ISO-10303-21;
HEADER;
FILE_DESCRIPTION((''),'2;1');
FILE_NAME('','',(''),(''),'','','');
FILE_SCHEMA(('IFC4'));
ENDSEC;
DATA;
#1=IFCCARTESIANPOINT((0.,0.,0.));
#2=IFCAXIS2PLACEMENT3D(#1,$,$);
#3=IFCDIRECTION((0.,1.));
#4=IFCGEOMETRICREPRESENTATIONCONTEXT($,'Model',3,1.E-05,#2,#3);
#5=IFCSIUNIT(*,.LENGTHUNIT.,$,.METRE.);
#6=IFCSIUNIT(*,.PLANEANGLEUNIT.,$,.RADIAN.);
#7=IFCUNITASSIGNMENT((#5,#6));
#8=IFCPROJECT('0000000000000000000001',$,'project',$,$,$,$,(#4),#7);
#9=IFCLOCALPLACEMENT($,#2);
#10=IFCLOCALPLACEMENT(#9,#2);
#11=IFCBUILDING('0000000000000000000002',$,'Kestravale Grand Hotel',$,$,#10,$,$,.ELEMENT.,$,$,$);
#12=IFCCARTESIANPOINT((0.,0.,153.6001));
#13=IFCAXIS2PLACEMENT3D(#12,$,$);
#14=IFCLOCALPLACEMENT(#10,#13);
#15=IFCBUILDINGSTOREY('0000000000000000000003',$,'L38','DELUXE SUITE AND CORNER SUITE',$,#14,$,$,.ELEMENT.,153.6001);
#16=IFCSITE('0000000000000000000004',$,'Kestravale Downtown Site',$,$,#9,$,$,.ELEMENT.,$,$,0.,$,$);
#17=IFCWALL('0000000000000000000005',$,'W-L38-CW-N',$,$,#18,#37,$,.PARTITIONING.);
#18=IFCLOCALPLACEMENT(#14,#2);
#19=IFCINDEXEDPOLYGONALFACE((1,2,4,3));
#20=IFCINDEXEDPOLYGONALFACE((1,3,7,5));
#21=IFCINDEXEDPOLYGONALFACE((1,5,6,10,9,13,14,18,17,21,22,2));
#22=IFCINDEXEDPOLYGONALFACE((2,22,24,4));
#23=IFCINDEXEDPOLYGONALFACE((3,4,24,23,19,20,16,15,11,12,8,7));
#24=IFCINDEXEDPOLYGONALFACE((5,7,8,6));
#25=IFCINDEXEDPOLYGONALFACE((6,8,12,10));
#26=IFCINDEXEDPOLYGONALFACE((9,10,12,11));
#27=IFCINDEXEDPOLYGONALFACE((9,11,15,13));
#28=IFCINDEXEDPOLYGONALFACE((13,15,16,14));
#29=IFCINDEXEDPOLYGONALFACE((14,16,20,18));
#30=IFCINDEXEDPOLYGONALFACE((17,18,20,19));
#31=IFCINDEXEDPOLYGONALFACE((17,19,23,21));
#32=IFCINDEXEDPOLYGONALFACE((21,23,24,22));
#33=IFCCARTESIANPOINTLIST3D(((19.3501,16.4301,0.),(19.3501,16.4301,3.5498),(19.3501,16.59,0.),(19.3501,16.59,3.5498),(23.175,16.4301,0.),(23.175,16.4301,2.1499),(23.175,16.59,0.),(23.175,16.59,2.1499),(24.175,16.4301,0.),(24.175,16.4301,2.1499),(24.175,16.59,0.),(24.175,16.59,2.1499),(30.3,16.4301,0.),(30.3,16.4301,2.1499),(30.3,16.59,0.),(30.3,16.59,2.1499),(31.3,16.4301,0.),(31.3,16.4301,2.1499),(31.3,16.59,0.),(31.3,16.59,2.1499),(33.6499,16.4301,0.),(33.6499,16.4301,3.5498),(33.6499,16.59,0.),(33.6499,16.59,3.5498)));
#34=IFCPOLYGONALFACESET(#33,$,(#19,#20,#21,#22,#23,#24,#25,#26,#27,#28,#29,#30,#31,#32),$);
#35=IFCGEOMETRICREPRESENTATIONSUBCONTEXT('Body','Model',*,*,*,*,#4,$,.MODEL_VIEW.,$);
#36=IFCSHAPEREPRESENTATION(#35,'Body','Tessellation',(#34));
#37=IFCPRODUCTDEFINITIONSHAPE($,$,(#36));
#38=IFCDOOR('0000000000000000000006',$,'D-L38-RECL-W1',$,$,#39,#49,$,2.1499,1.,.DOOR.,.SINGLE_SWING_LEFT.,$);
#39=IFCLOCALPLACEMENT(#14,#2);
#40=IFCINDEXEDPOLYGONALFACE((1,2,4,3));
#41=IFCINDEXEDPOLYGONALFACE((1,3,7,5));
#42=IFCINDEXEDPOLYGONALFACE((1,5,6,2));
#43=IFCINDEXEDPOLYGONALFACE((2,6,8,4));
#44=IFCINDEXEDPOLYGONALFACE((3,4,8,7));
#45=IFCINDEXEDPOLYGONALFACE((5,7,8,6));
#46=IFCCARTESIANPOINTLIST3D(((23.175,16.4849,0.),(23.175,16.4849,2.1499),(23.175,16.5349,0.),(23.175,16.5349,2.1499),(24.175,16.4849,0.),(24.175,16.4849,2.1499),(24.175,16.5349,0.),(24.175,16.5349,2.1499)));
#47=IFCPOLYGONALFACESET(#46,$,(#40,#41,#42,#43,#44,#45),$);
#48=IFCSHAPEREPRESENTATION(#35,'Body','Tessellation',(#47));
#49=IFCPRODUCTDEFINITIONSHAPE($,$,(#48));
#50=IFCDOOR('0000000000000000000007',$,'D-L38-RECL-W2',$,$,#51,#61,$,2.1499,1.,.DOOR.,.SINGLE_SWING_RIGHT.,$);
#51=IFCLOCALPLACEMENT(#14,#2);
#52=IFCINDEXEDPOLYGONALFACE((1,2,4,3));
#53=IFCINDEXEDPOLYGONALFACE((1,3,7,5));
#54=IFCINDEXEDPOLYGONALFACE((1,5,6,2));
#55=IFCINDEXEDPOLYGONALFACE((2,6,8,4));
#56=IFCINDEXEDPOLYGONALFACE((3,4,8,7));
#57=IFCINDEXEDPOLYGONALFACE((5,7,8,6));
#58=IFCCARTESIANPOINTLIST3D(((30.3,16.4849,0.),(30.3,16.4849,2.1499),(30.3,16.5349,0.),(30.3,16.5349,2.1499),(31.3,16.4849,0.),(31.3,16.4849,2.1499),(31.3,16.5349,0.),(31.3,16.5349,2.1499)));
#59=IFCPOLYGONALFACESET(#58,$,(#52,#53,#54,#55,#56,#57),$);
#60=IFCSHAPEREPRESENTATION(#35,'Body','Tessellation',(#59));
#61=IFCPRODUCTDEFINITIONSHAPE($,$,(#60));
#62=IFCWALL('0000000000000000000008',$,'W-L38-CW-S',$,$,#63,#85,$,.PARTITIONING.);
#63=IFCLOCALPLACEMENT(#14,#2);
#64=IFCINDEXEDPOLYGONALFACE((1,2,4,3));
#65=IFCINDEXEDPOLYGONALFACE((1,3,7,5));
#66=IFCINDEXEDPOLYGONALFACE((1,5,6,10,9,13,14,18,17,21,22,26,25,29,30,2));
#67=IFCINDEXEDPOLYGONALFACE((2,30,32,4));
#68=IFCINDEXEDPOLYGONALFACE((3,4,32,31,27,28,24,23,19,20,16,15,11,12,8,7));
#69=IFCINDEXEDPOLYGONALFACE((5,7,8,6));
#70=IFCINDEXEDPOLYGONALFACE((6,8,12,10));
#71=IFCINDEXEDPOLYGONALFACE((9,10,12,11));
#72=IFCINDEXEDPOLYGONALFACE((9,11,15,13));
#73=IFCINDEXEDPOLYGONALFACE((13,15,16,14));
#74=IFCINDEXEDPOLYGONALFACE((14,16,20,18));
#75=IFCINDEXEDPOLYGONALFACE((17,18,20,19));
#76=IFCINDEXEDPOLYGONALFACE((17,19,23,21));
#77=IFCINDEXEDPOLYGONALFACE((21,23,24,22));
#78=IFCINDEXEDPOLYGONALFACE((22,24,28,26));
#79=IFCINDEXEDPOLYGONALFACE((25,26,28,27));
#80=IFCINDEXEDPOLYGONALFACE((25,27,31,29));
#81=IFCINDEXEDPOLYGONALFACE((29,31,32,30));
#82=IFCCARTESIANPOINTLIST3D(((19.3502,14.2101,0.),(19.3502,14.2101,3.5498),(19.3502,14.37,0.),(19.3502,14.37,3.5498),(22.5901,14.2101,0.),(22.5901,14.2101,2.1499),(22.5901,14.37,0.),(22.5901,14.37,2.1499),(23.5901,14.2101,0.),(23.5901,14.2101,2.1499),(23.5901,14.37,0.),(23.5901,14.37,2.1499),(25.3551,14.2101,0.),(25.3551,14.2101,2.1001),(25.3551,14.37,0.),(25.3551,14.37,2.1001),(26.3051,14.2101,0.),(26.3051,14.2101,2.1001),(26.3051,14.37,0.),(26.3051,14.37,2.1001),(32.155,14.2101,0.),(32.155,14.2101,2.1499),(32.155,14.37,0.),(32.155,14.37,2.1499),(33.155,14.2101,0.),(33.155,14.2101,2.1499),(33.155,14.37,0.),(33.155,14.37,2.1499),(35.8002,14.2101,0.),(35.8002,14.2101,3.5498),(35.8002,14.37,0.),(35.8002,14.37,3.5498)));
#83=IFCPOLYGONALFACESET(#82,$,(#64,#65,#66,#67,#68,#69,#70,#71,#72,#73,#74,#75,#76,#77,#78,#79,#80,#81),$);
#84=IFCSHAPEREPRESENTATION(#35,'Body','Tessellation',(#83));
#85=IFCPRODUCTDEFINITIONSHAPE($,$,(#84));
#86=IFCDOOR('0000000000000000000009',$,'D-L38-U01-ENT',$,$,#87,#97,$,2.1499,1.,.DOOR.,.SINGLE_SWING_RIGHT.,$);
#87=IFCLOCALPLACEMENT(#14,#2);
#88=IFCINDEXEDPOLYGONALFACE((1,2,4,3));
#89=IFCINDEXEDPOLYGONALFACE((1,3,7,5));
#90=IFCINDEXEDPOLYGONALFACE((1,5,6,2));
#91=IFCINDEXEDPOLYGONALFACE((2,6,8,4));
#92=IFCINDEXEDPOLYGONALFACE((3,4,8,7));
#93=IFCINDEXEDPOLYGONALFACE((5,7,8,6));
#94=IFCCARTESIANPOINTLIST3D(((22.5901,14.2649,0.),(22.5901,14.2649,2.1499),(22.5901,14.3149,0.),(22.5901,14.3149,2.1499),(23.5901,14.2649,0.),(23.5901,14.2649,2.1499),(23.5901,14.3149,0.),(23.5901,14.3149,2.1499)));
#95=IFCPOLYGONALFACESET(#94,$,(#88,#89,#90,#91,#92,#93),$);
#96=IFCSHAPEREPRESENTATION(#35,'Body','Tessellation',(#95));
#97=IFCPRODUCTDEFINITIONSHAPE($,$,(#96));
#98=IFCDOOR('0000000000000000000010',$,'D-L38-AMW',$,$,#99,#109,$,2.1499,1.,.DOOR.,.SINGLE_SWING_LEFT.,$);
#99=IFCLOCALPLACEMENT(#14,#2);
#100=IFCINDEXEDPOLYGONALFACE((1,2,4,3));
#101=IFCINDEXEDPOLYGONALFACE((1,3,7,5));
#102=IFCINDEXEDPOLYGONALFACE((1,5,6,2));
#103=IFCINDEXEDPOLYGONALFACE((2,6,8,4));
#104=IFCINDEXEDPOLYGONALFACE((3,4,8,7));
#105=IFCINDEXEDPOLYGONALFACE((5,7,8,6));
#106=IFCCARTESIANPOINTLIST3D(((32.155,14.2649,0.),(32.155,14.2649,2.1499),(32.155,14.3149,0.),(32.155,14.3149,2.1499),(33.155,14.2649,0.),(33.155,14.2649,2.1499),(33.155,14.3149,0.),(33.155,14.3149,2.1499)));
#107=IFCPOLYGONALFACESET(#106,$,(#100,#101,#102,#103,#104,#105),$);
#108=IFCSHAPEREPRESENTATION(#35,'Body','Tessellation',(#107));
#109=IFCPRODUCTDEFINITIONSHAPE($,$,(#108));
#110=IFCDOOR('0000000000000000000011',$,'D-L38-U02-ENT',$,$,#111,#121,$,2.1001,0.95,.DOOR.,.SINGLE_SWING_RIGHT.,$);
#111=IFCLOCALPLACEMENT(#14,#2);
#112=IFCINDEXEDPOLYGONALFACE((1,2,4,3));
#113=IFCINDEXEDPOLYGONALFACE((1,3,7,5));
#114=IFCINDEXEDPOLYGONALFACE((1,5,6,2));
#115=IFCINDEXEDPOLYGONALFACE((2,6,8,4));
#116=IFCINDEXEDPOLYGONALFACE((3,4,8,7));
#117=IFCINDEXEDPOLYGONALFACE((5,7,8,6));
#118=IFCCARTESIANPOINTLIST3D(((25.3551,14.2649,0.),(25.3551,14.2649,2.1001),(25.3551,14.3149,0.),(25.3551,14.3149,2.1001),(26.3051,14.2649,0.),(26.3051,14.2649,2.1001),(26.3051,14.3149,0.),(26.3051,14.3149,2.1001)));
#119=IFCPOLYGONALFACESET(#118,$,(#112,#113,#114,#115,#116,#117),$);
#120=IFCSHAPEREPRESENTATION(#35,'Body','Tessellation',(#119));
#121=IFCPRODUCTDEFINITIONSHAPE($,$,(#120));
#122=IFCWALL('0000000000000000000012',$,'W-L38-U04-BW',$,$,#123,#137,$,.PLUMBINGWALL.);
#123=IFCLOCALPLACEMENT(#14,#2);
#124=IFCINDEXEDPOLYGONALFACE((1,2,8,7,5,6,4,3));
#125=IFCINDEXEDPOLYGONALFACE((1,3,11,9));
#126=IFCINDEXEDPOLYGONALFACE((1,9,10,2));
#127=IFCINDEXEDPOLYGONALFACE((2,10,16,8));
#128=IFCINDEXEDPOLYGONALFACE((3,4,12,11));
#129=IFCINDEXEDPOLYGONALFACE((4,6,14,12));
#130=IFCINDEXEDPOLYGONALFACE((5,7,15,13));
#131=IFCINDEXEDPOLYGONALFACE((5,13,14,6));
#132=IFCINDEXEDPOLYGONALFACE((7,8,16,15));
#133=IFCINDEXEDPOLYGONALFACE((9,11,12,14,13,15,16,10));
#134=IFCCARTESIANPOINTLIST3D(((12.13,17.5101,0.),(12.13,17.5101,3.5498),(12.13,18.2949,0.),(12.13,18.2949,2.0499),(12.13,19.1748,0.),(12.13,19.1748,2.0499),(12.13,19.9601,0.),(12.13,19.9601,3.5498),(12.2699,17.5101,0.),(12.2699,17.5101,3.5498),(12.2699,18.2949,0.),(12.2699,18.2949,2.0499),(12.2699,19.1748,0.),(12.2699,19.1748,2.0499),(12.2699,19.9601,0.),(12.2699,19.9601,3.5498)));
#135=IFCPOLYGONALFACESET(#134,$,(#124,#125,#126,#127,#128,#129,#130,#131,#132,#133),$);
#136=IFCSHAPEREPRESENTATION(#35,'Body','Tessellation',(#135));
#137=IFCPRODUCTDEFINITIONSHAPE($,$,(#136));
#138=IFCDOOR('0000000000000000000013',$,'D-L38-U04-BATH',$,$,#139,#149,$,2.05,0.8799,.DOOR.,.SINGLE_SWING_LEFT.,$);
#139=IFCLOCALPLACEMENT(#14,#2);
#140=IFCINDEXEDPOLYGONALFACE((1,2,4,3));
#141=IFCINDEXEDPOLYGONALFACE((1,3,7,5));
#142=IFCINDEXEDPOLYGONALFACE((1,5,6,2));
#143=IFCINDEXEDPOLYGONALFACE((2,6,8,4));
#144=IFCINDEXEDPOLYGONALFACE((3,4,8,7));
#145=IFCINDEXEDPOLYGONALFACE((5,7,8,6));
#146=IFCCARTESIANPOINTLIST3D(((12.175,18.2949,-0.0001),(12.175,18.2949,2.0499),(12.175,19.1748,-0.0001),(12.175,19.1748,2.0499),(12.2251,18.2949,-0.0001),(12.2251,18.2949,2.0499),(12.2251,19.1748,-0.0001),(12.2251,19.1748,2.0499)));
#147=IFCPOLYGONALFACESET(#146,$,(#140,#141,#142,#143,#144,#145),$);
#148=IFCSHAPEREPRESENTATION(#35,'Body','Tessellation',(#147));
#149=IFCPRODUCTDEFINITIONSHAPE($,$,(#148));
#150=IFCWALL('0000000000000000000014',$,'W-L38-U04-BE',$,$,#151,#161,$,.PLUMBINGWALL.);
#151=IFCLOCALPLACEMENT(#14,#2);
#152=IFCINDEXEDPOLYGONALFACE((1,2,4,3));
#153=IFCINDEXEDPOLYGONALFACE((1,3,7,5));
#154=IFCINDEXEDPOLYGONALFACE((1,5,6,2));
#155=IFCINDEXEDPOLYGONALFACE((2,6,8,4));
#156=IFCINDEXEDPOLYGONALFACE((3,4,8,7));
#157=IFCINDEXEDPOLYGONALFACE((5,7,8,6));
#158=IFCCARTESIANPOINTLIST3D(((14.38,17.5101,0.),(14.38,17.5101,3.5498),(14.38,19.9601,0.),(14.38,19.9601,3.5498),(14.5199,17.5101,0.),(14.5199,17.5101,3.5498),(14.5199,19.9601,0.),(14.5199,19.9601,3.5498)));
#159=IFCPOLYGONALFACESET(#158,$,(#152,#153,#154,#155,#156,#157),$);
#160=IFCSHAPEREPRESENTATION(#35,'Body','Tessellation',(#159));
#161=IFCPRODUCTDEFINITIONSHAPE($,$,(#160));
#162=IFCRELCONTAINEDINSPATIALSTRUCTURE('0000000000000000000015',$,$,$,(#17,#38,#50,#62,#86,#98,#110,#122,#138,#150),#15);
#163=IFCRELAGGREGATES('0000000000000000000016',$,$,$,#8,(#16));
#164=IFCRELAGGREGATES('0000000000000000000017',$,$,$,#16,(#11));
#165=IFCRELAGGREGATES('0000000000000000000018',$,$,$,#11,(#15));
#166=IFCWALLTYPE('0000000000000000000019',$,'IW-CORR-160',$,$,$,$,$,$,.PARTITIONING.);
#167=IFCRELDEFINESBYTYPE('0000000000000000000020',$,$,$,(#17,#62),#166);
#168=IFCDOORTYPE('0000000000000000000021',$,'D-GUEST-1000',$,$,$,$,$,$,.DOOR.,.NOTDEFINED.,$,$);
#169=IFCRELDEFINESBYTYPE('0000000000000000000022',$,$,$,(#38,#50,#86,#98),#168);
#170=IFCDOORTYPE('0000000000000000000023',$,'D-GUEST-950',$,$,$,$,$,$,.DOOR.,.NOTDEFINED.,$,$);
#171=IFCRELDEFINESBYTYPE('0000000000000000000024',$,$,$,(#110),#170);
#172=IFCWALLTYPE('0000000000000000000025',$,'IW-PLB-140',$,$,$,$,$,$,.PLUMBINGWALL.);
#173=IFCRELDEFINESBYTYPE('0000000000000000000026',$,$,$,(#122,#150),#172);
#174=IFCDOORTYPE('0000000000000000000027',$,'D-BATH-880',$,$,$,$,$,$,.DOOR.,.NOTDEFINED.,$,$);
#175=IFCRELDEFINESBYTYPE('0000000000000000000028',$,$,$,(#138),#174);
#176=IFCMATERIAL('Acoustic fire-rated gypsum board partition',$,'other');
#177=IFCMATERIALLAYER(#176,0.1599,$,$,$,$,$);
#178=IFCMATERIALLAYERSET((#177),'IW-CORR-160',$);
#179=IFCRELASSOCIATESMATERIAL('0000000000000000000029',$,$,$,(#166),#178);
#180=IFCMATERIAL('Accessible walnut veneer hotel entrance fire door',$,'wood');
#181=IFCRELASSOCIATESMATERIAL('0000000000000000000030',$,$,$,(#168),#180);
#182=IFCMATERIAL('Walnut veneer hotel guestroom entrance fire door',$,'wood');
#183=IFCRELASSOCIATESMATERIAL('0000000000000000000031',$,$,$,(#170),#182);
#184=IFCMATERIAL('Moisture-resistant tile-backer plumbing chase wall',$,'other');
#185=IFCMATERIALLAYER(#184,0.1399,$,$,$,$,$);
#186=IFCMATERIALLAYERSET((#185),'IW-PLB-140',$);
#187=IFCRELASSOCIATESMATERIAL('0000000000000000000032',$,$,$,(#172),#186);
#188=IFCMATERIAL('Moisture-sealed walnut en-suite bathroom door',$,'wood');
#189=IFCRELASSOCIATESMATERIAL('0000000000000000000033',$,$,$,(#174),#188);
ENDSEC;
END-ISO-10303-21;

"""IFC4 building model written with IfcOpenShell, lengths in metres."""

from ifc_helpers import new_model, si_unit, direction, frame, frame_2d, origin, place, context, subcontext, project, spatial, rectangle, extrude, material, layer, layer_set, type_object, element, fill, save


model = new_model("IFC4")

# Units and contexts
model_context = context("Model", 3, precision=1e-05, world=origin(), true_north=direction((0.0, 1.0)))
body_context = subcontext(model_context, "Body", "Model", "MODEL_VIEW")
ifc_project = project(units=[si_unit("LENGTHUNIT", "METRE"), si_unit("PLANEANGLEUNIT", "RADIAN")], contexts=[model_context])

# Site, building, storey
site_placement = place(None, origin())
site = spatial("IfcSite", under=ifc_project, at=site_placement, Name="Kestravale Downtown Site", CompositionType="ELEMENT", RefElevation=0.0)
building_placement = place(site_placement, origin())
building = spatial("IfcBuilding", under=site, at=building_placement, Name="Kestravale Grand Hotel", CompositionType="ELEMENT")
storey_placement = place(building_placement, frame((0.0, 0.0, 153.6001)))
storey = spatial("IfcBuildingStorey", under=building, at=storey_placement, Name="L38", Description="DELUXE SUITE AND CORNER SUITE", CompositionType="ELEMENT", Elevation=153.6001)

# Walls, openings, doors
ifc_material_1 = material(Name="Acoustic fire-rated gypsum board partition", Category="other")
ifc_layer_1 = layer(ifc_material_1, 0.1599)
ifc_layer_set_1 = layer_set([ifc_layer_1], Name="IW-CORR-160")
wall_type_1 = type_object("IfcWallType", Name="IW-CORR-160", PredefinedType="PARTITIONING", material=ifc_layer_set_1)
wall_1_placement = place(storey_placement, frame((19.3501, 16.51, 0.0), z_axis=(0.0, 0.0, 1.0), x_axis=(1.0, 0.0, 0.0)))
wall_1 = element("IfcWall", 1, at=wall_1_placement, inside=storey, type_object=wall_type_1, Name="W-L38-CW-N", PredefinedType="PARTITIONING", context=body_context, shape_type="SweptSolid", body=[
    extrude(rectangle(XDim=14.2998, YDim=0.1599, at=frame_2d((7.1499, 0.0))), origin(), (0.0, 0.0, 1.0), 3.5498),
])
opening_1_placement = place(wall_1_placement, frame((3.825, 0.0, 0.0)))
opening_1 = element("IfcOpeningElement", 2, at=opening_1_placement, cuts=wall_1, PredefinedType="OPENING", context=body_context, shape_type="SweptSolid", body=[
    extrude(rectangle(XDim=1.0, YDim=2.1499, at=frame_2d((0.5, 1.075))), frame((0.0, 0.0898, 0.0), z_axis=(0.0, -1.0, 0.0), x_axis=(1.0, 0.0, 0.0)), (0.0, 0.0, 1.0), 0.1799),
])
opening_2_placement = place(wall_1_placement, frame((10.95, 0.0, 0.0)))
opening_2 = element("IfcOpeningElement", 3, at=opening_2_placement, cuts=wall_1, PredefinedType="OPENING", context=body_context, shape_type="SweptSolid", body=[
    extrude(rectangle(XDim=1.0, YDim=2.1499, at=frame_2d((0.5, 1.075))), frame((0.0, 0.0898, 0.0), z_axis=(0.0, -1.0, 0.0), x_axis=(1.0, 0.0, 0.0)), (0.0, 0.0, 1.0), 0.1799),
])
ifc_material_2 = material(Name="Accessible walnut veneer hotel entrance fire door", Category="wood")
door_type_1 = type_object("IfcDoorType", Name="D-GUEST-1000", OperationType="NOTDEFINED", PredefinedType="DOOR", material=ifc_material_2)
door_1_placement = place(opening_1_placement, origin())
door_1 = element("IfcDoor", 4, at=door_1_placement, inside=storey, type_object=door_type_1, Name="D-L38-RECL-W1", OperationType="SINGLE_SWING_LEFT", OverallHeight=2.1499, OverallWidth=1.0, PredefinedType="DOOR", context=body_context, shape_type="SweptSolid", body=[
    extrude(rectangle(XDim=1.0, YDim=2.1499, at=frame_2d((0.5, 1.075))), frame((0.0, 0.0249, 0.0), z_axis=(0.0, -1.0, 0.0), x_axis=(1.0, 0.0, 0.0)), (0.0, 0.0, 1.0), 0.05),
])
fill(opening_1, door_1)
door_2_placement = place(opening_2_placement, origin())
door_2 = element("IfcDoor", 5, at=door_2_placement, inside=storey, type_object=door_type_1, Name="D-L38-RECL-W2", OperationType="SINGLE_SWING_RIGHT", OverallHeight=2.1499, OverallWidth=1.0, PredefinedType="DOOR", context=body_context, shape_type="SweptSolid", body=[
    extrude(rectangle(XDim=1.0, YDim=2.1499, at=frame_2d((0.5, 1.075))), frame((0.0, 0.0249, 0.0), z_axis=(0.0, -1.0, 0.0), x_axis=(1.0, 0.0, 0.0)), (0.0, 0.0, 1.0), 0.05),
])
fill(opening_2, door_2)
wall_2_placement = place(storey_placement, frame((19.3501, 14.29, 0.0), z_axis=(0.0, 0.0, 1.0), x_axis=(1.0, 0.0, 0.0)))
wall_2 = element("IfcWall", 6, at=wall_2_placement, inside=storey, type_object=wall_type_1, Name="W-L38-CW-S", PredefinedType="PARTITIONING", context=body_context, shape_type="SweptSolid", body=[
    extrude(rectangle(XDim=16.45, YDim=0.1599, at=frame_2d((8.2251, 0.0))), origin(), (0.0, 0.0, 1.0), 3.5498),
])
opening_3_placement = place(wall_2_placement, frame((3.24, 0.0, 0.0)))
opening_3 = element("IfcOpeningElement", 7, at=opening_3_placement, cuts=wall_2, PredefinedType="OPENING", context=body_context, shape_type="SweptSolid", body=[
    extrude(rectangle(XDim=1.0, YDim=2.1499, at=frame_2d((0.5, 1.075))), frame((0.0, 0.0898, 0.0), z_axis=(0.0, -1.0, 0.0), x_axis=(1.0, 0.0, 0.0)), (0.0, 0.0, 1.0), 0.1799),
])
opening_4_placement = place(wall_2_placement, frame((6.0049, 0.0, 0.0)))
opening_4 = element("IfcOpeningElement", 8, at=opening_4_placement, cuts=wall_2, PredefinedType="OPENING", context=body_context, shape_type="SweptSolid", body=[
    extrude(rectangle(XDim=0.95, YDim=2.1001, at=frame_2d((0.4751, 1.05))), frame((0.0, 0.0898, 0.0), z_axis=(0.0, -1.0, 0.0), x_axis=(1.0, 0.0, 0.0)), (0.0, 0.0, 1.0), 0.1799),
])
opening_5_placement = place(wall_2_placement, frame((12.8049, 0.0, 0.0)))
opening_5 = element("IfcOpeningElement", 9, at=opening_5_placement, cuts=wall_2, PredefinedType="OPENING", context=body_context, shape_type="SweptSolid", body=[
    extrude(rectangle(XDim=1.0, YDim=2.1499, at=frame_2d((0.5, 1.075))), frame((0.0, 0.0898, 0.0), z_axis=(0.0, -1.0, 0.0), x_axis=(1.0, 0.0, 0.0)), (0.0, 0.0, 1.0), 0.1799),
])
door_3_placement = place(opening_3_placement, origin())
door_3 = element("IfcDoor", 10, at=door_3_placement, inside=storey, type_object=door_type_1, Name="D-L38-U01-ENT", OperationType="SINGLE_SWING_RIGHT", OverallHeight=2.1499, OverallWidth=1.0, PredefinedType="DOOR", context=body_context, shape_type="SweptSolid", body=[
    extrude(rectangle(XDim=1.0, YDim=2.1499, at=frame_2d((0.5, 1.075))), frame((0.0, 0.0249, 0.0), z_axis=(0.0, -1.0, 0.0), x_axis=(1.0, 0.0, 0.0)), (0.0, 0.0, 1.0), 0.05),
])
fill(opening_3, door_3)
door_4_placement = place(opening_5_placement, origin())
door_4 = element("IfcDoor", 11, at=door_4_placement, inside=storey, type_object=door_type_1, Name="D-L38-AMW", OperationType="SINGLE_SWING_LEFT", OverallHeight=2.1499, OverallWidth=1.0, PredefinedType="DOOR", context=body_context, shape_type="SweptSolid", body=[
    extrude(rectangle(XDim=1.0, YDim=2.1499, at=frame_2d((0.5, 1.075))), frame((0.0, 0.0249, 0.0), z_axis=(0.0, -1.0, 0.0), x_axis=(1.0, 0.0, 0.0)), (0.0, 0.0, 1.0), 0.05),
])
fill(opening_5, door_4)
ifc_material_3 = material(Name="Walnut veneer hotel guestroom entrance fire door", Category="wood")
door_type_2 = type_object("IfcDoorType", Name="D-GUEST-950", OperationType="NOTDEFINED", PredefinedType="DOOR", material=ifc_material_3)
door_5_placement = place(opening_4_placement, origin())
door_5 = element("IfcDoor", 12, at=door_5_placement, inside=storey, type_object=door_type_2, Name="D-L38-U02-ENT", OperationType="SINGLE_SWING_RIGHT", OverallHeight=2.1001, OverallWidth=0.95, PredefinedType="DOOR", context=body_context, shape_type="SweptSolid", body=[
    extrude(rectangle(XDim=0.95, YDim=2.1001, at=frame_2d((0.4751, 1.05))), frame((0.0, 0.0249, 0.0), z_axis=(0.0, -1.0, 0.0), x_axis=(1.0, 0.0, 0.0)), (0.0, 0.0, 1.0), 0.05),
])
fill(opening_4, door_5)

# Wall, opening, door
ifc_material_4 = material(Name="Moisture-resistant tile-backer plumbing chase wall", Category="other")
ifc_layer_2 = layer(ifc_material_4, 0.1399)
ifc_layer_set_2 = layer_set([ifc_layer_2], Name="IW-PLB-140")
wall_type_2 = type_object("IfcWallType", Name="IW-PLB-140", PredefinedType="PLUMBINGWALL", material=ifc_layer_set_2)
wall_3_placement = place(storey_placement, frame((12.2, 17.51, 0.0), z_axis=(0.0, 0.0, 1.0), x_axis=(0.0, 1.0, 0.0)))
wall_3 = element("IfcWall", 13, at=wall_3_placement, inside=storey, type_object=wall_type_2, Name="W-L38-U04-BW", PredefinedType="PLUMBINGWALL", context=body_context, shape_type="SweptSolid", body=[
    extrude(rectangle(XDim=2.45, YDim=0.1399, at=frame_2d((1.2251, 0.0))), origin(), (0.0, 0.0, 1.0), 3.5498),
])
opening_6_placement = place(wall_3_placement, frame((0.7849, 0.0, 0.0)))
opening_6 = element("IfcOpeningElement", 14, at=opening_6_placement, cuts=wall_3, PredefinedType="OPENING", context=body_context, shape_type="SweptSolid", body=[
    extrude(rectangle(XDim=0.8799, YDim=2.05, at=frame_2d((0.4399, 1.0249))), frame((0.0, 0.0798, 0.0), z_axis=(0.0, -1.0, 0.0), x_axis=(1.0, 0.0, 0.0)), (0.0, 0.0, 1.0), 0.1599),
])
ifc_material_5 = material(Name="Moisture-sealed walnut en-suite bathroom door", Category="wood")
door_type_3 = type_object("IfcDoorType", Name="D-BATH-880", OperationType="NOTDEFINED", PredefinedType="DOOR", material=ifc_material_5)
door_6_placement = place(opening_6_placement, origin())
door_6 = element("IfcDoor", 15, at=door_6_placement, inside=storey, type_object=door_type_3, Name="D-L38-U04-BATH", OperationType="SINGLE_SWING_LEFT", OverallHeight=2.05, OverallWidth=0.8799, PredefinedType="DOOR", context=body_context, shape_type="SweptSolid", body=[
    extrude(rectangle(XDim=0.8799, YDim=2.05, at=frame_2d((0.4399, 1.0249))), frame((0.0, 0.0249, 0.0), z_axis=(0.0, -1.0, 0.0), x_axis=(1.0, 0.0, 0.0)), (0.0, 0.0, 1.0), 0.05),
])
fill(opening_6, door_6)

# Wall
wall_4_placement = place(storey_placement, frame((14.45, 17.51, 0.0), z_axis=(0.0, 0.0, 1.0), x_axis=(0.0, 1.0, 0.0)))
element("IfcWall", 16, at=wall_4_placement, inside=storey, type_object=wall_type_2, Name="W-L38-U04-BE", PredefinedType="PLUMBINGWALL", context=body_context, shape_type="SweptSolid", body=[
    extrude(rectangle(XDim=2.45, YDim=0.1399, at=frame_2d((1.2251, 0.0))), origin(), (0.0, 0.0, 1.0), 3.5498),
])

save(model, "model.ifc")
